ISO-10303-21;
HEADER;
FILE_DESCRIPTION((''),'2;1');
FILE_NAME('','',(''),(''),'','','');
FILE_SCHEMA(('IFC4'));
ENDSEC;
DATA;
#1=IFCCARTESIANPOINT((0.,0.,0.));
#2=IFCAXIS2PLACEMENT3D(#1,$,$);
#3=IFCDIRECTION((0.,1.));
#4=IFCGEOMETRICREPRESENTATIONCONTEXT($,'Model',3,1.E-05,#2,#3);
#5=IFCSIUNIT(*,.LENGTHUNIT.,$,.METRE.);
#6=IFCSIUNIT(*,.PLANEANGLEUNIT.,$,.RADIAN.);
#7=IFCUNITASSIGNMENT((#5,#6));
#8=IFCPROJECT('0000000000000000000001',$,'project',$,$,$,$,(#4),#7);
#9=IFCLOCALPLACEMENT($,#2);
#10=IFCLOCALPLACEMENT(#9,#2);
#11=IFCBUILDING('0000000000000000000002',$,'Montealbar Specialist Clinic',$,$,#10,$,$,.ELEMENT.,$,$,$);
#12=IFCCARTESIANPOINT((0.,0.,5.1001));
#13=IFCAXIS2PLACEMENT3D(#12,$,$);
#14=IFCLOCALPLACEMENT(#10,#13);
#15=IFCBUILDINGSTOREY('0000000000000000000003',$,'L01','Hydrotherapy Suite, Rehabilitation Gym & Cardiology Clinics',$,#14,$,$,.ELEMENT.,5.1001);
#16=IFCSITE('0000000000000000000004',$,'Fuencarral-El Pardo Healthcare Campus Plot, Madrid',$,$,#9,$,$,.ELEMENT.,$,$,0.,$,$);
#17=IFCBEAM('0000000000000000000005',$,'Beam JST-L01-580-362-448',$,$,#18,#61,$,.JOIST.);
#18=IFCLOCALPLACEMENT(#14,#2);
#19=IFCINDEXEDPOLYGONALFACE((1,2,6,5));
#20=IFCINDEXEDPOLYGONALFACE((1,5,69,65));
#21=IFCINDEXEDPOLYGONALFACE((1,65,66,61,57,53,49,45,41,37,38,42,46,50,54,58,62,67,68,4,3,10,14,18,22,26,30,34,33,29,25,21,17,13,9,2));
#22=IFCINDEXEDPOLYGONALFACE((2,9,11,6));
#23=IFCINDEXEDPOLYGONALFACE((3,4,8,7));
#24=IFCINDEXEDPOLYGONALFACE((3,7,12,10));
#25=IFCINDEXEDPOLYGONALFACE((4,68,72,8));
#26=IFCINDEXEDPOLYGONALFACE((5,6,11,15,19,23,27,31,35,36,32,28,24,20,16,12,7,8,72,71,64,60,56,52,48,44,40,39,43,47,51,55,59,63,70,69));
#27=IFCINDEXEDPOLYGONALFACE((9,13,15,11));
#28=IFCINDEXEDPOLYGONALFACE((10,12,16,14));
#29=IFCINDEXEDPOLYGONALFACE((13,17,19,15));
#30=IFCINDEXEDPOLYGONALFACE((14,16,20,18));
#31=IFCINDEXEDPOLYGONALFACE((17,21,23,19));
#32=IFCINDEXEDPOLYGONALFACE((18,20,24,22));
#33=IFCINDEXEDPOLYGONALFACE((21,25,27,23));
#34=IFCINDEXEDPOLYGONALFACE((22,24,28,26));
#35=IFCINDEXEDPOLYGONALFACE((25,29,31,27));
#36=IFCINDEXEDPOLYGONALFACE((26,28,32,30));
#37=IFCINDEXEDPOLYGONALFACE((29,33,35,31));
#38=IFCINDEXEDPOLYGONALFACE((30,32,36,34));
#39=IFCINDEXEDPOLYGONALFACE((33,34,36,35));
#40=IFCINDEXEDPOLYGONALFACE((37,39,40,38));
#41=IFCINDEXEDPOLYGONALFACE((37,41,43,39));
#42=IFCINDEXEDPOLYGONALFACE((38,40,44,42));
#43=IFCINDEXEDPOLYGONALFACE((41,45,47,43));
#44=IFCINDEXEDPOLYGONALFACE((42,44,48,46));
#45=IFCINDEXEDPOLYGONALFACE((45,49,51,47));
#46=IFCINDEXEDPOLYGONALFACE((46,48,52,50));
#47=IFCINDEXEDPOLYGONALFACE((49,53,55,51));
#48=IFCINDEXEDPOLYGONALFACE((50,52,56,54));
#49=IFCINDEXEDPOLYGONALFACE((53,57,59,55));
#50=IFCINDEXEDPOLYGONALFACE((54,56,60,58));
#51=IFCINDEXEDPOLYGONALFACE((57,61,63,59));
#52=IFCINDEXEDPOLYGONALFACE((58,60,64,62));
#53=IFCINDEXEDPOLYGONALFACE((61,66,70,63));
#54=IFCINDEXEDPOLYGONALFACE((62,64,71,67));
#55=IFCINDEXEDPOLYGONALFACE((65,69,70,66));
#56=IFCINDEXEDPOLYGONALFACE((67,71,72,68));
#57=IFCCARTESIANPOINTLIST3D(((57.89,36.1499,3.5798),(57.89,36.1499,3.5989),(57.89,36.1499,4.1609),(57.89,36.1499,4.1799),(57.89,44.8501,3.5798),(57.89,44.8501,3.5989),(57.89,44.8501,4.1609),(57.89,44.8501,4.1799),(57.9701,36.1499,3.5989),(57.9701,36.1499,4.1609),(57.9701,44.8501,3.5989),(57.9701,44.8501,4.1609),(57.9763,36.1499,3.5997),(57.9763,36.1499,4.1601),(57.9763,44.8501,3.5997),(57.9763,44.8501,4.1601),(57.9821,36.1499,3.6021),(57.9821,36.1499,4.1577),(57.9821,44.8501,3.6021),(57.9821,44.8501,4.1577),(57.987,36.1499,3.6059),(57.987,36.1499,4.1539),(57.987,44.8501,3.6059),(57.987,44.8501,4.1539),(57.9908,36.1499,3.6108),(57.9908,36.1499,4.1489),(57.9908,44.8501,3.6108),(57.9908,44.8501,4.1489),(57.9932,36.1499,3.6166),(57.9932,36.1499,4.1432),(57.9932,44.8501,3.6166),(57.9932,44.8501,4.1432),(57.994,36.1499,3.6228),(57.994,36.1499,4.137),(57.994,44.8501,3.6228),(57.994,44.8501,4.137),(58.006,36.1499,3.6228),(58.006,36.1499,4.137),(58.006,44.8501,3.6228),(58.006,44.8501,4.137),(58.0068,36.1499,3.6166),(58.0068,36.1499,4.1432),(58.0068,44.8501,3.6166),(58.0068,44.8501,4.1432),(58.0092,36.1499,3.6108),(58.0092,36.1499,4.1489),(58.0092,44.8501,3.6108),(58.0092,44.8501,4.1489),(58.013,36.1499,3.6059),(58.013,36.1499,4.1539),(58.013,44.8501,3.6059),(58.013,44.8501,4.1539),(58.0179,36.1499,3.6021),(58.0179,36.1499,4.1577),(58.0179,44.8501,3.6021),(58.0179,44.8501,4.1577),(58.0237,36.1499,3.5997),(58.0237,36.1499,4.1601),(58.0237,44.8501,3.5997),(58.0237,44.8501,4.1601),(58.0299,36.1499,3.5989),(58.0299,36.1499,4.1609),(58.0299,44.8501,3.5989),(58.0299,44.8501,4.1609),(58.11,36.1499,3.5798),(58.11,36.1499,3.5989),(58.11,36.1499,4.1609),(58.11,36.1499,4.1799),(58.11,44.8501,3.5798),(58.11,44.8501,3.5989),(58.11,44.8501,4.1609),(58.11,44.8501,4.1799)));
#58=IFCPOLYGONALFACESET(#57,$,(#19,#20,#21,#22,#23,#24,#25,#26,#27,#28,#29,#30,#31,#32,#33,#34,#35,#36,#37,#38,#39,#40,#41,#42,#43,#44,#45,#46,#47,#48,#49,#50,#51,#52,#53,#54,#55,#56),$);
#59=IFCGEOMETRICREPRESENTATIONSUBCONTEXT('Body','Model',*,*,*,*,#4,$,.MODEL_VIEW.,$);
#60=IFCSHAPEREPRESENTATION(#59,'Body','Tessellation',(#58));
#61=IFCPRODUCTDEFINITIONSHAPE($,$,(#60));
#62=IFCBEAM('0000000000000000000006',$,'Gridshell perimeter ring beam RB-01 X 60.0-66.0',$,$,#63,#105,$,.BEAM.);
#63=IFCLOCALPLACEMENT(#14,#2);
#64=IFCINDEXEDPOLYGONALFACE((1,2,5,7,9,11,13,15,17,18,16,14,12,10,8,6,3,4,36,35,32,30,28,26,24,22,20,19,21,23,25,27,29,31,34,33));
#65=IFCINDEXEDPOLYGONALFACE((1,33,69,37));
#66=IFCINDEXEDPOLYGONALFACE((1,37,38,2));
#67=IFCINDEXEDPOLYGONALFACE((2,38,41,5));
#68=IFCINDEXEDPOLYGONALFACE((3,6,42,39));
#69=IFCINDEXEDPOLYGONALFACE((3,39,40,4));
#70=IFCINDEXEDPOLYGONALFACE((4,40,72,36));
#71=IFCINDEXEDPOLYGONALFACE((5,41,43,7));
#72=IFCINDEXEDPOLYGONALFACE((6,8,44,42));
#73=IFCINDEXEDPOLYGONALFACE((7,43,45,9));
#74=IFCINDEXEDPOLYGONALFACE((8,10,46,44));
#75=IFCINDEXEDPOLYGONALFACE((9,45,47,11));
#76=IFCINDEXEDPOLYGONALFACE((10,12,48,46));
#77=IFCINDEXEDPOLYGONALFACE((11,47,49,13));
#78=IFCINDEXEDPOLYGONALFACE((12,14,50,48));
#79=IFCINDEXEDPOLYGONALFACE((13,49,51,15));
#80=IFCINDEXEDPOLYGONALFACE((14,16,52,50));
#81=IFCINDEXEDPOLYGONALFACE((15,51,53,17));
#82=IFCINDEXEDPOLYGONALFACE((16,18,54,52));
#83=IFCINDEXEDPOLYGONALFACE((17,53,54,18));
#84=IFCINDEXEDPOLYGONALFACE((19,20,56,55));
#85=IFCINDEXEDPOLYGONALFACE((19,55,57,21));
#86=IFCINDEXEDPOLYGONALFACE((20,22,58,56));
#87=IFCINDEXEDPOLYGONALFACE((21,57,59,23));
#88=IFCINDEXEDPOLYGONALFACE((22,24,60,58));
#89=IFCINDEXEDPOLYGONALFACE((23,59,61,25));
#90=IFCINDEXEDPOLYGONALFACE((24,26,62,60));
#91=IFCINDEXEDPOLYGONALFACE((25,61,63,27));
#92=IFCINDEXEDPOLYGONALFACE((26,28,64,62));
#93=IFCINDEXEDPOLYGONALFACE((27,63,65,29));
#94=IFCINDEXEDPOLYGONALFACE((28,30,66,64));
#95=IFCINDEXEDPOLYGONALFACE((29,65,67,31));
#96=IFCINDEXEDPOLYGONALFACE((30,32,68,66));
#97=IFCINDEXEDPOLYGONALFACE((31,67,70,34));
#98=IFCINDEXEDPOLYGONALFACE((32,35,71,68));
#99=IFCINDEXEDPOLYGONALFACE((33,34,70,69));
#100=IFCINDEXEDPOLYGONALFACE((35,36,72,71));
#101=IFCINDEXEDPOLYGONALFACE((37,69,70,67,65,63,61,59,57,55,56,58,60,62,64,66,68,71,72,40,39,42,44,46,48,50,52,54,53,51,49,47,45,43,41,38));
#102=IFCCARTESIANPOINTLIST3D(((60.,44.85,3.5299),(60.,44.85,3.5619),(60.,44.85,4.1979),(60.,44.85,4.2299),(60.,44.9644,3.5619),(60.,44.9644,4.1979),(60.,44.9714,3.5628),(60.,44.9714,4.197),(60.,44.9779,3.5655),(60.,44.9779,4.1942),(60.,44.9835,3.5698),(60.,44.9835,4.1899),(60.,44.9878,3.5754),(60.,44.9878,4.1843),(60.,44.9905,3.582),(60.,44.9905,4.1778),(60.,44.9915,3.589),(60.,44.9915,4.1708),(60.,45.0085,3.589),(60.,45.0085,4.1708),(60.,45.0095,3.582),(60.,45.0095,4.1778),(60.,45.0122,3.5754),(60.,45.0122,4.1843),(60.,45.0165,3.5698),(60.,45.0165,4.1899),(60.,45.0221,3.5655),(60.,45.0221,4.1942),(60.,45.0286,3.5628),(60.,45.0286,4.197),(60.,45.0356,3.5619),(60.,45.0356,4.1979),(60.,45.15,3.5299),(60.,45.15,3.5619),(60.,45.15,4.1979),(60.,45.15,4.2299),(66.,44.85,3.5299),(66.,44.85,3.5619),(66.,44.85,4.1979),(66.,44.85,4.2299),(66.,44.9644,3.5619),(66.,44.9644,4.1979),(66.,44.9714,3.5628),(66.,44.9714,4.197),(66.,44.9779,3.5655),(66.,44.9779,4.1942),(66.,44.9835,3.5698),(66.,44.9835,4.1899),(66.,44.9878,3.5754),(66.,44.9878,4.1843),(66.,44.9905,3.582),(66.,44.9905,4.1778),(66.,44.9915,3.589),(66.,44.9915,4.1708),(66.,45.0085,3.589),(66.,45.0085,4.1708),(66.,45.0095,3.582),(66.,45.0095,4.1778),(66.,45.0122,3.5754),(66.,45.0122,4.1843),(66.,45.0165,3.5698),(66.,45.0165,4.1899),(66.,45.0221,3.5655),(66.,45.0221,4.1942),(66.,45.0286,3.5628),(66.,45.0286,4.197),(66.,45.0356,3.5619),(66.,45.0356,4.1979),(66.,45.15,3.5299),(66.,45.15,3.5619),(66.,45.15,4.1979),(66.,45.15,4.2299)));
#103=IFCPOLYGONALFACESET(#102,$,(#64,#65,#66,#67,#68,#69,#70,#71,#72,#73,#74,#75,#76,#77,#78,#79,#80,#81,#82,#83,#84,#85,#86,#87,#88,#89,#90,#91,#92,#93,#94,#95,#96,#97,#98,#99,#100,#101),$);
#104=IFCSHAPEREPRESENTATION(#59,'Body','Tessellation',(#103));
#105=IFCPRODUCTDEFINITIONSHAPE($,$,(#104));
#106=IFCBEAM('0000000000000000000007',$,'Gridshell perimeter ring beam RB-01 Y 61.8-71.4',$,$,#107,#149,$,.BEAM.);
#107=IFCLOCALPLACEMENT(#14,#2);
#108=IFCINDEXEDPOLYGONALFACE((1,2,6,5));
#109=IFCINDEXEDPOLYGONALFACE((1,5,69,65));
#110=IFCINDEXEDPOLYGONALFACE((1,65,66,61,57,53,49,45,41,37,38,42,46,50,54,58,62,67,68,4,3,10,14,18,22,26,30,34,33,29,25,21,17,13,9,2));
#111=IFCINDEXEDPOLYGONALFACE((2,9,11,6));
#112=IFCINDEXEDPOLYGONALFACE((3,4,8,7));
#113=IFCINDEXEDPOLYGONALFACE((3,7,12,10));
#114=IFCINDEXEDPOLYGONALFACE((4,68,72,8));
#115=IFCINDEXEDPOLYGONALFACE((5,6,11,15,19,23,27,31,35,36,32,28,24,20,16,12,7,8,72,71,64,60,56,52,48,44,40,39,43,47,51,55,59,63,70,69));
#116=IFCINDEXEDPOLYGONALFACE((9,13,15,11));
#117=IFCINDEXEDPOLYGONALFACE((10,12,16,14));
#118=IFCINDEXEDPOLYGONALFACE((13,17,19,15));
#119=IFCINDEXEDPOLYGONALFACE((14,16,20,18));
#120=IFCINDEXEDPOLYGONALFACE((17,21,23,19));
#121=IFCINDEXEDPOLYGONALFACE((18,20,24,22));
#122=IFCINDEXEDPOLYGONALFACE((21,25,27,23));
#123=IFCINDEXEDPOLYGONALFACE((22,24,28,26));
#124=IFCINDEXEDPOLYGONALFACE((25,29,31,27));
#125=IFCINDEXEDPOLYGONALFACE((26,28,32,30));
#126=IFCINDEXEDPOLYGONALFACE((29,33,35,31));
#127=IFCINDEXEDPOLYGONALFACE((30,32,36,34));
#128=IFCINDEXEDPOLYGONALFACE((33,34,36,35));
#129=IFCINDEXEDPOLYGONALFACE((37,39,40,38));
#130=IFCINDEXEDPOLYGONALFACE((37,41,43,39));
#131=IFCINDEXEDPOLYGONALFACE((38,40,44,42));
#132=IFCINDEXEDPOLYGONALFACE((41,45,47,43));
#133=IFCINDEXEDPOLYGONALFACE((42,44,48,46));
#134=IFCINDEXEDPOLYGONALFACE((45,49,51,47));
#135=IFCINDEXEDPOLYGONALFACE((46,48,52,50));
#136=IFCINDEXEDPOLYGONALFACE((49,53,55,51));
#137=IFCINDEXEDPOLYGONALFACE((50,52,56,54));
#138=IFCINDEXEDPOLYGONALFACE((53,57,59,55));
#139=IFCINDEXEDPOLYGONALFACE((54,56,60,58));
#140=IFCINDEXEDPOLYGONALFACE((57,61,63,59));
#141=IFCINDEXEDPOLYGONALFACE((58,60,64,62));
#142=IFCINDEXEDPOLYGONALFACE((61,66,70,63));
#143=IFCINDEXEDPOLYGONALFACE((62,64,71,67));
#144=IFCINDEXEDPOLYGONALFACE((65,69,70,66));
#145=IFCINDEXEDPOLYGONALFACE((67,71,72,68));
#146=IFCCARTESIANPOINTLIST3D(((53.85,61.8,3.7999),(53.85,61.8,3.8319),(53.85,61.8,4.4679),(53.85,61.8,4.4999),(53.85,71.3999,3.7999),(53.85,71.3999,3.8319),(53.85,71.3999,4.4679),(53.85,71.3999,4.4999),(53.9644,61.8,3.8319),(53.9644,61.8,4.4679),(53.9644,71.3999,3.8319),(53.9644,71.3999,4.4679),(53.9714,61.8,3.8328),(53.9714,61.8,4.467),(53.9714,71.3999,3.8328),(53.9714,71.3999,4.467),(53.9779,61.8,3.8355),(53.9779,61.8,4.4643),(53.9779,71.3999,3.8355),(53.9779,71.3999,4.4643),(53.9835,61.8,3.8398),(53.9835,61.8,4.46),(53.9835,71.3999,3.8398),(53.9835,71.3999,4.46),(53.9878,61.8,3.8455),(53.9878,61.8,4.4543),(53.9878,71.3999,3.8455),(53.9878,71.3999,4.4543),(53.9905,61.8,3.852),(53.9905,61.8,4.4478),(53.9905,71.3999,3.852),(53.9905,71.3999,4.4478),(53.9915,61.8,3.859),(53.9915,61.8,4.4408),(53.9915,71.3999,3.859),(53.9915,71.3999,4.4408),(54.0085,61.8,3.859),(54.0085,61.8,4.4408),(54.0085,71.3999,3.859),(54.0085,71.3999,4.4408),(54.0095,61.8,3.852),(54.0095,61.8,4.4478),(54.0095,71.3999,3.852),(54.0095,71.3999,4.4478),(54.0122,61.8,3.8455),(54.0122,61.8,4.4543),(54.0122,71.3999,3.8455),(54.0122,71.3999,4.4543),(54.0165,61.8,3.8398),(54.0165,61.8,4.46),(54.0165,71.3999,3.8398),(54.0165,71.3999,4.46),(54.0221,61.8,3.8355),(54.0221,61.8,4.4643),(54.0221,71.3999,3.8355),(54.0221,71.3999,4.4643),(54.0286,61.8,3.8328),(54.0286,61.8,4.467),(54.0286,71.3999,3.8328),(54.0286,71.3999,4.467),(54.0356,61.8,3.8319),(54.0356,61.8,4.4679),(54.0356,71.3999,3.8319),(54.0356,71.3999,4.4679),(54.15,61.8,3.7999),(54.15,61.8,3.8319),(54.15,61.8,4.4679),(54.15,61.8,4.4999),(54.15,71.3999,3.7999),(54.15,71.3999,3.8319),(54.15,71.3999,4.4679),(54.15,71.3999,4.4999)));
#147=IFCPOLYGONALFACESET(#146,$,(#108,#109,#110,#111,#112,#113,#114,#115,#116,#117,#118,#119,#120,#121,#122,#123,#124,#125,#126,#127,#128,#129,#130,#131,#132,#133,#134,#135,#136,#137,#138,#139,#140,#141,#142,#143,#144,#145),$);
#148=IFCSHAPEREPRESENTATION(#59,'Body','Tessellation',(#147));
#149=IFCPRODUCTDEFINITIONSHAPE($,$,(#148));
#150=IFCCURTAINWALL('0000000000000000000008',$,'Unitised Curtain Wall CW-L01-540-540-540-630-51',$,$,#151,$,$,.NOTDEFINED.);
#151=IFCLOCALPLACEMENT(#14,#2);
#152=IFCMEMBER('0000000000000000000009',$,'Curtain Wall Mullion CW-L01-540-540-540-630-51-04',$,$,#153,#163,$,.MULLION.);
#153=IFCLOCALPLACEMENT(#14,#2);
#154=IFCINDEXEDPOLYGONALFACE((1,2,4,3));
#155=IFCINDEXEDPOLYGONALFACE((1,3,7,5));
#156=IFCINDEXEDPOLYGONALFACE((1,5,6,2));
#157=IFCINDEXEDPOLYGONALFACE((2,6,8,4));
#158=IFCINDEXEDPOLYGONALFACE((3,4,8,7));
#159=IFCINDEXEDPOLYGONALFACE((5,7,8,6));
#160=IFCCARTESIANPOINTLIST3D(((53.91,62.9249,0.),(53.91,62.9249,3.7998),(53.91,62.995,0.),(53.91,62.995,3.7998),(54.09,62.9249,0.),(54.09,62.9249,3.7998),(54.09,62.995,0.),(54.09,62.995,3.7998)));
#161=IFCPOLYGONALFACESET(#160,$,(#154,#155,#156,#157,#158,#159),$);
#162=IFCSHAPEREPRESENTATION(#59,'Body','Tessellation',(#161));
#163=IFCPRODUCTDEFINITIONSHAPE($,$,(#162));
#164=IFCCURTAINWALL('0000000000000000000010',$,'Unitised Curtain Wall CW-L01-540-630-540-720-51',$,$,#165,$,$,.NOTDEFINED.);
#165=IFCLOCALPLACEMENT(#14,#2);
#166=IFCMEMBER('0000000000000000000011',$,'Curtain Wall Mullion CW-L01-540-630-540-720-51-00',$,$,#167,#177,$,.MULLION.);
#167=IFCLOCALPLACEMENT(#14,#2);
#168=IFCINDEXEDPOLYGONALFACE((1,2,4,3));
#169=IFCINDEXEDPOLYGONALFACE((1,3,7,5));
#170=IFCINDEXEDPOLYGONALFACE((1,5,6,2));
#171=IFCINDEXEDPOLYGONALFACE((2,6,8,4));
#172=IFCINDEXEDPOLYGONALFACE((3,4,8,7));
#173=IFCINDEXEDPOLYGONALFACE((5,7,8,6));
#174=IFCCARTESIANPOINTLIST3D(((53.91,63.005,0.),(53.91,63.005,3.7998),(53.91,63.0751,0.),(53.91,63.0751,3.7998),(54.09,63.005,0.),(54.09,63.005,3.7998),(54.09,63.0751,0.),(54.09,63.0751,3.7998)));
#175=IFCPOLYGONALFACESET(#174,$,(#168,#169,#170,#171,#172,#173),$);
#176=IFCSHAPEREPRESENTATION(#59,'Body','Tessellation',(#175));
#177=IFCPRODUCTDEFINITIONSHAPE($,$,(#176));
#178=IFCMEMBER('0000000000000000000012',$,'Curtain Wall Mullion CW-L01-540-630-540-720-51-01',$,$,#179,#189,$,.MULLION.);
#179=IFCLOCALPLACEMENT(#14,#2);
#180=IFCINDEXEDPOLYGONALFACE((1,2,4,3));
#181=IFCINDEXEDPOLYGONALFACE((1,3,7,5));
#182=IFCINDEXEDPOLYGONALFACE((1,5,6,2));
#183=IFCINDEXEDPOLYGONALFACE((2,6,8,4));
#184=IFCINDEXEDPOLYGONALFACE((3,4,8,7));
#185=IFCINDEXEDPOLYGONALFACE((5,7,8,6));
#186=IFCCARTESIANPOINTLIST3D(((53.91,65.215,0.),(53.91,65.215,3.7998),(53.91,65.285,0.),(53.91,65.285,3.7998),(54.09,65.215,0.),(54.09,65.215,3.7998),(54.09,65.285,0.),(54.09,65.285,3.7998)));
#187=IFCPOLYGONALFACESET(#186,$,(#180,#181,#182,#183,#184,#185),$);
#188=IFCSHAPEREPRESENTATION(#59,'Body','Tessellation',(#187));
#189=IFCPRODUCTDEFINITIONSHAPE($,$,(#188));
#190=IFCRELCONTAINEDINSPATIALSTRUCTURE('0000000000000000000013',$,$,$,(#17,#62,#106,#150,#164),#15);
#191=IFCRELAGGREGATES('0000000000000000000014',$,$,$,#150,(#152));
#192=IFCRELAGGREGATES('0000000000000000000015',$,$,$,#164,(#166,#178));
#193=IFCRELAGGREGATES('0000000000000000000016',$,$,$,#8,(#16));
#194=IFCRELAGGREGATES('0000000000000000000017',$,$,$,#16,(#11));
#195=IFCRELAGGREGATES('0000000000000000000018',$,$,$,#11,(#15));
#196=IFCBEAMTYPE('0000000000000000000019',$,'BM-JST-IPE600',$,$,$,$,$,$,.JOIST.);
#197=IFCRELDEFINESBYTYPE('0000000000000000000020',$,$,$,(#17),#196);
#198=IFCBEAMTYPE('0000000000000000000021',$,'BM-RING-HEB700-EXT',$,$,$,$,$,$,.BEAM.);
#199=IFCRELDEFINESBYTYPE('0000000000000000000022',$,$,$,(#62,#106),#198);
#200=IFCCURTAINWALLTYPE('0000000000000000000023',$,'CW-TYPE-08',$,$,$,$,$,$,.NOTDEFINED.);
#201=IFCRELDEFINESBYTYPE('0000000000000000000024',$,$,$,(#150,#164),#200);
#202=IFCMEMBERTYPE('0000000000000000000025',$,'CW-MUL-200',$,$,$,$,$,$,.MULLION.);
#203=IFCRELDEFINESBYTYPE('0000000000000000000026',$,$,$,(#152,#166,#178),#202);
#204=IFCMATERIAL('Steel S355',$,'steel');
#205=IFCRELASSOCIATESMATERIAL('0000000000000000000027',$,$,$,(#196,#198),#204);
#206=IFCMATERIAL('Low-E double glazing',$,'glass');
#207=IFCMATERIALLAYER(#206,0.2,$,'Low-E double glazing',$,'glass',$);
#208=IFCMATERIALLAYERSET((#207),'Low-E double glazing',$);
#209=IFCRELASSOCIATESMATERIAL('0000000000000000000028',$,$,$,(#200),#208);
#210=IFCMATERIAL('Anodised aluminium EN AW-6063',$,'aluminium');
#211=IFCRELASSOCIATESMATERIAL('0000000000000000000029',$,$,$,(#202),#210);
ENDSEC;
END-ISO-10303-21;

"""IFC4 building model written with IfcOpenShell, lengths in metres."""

from ifc_helpers import new_model, si_unit, direction, frame, origin, origin_2d, place, context, subcontext, project, spatial, rectangle, i_section, extrude, material, layer, layer_set, material_profile, profile_set, type_object, element, aggregate, save


model = new_model("IFC4")

# Units and contexts
model_context = context("Model", 3, precision=1e-05, world=origin(), true_north=direction((0.0, 1.0)))
body_context = subcontext(model_context, "Body", "Model", "MODEL_VIEW")
ifc_project = project(units=[si_unit("LENGTHUNIT", "METRE"), si_unit("PLANEANGLEUNIT", "RADIAN")], contexts=[model_context])

# Site, building, storey
site_placement = place(None, origin())
site = spatial("IfcSite", under=ifc_project, at=site_placement, Name="Fuencarral-El Pardo Healthcare Campus Plot, Madrid", CompositionType="ELEMENT", RefElevation=0.0)
building_placement = place(site_placement, origin())
building = spatial("IfcBuilding", under=site, at=building_placement, Name="Montealbar Specialist Clinic", CompositionType="ELEMENT")
storey_placement = place(building_placement, frame((0.0, 0.0, 5.1001)))
storey = spatial("IfcBuildingStorey", under=building, at=storey_placement, Name="L01", Description="Hydrotherapy Suite, Rehabilitation Gym & Cardiology Clinics", CompositionType="ELEMENT", Elevation=5.1001)

# Shared definitions
ifc_material_1 = material(Name="Steel S355", Category="steel")

# Beams
ifc_material_profile_1 = material_profile(ifc_material_1, i_section(OverallWidth=0.22, OverallDepth=0.6001, WebThickness=0.012, FlangeThickness=0.019, FilletRadius=0.0239, at=origin_2d()), Name="IPE 600", Category="steel")
ifc_profile_set_1 = profile_set([ifc_material_profile_1], Name="Steel S355")
beam_type_1 = type_object("IfcBeamType", Name="BM-JST-IPE600", PredefinedType="JOIST", material=ifc_profile_set_1)
beam_1_placement = place(storey_placement, frame((58.0, 36.1499, 3.8799), z_axis=(0.0, 1.0, 0.0), x_axis=(-1.0, 0.0, 0.0)))
element("IfcBeam", 1, at=beam_1_placement, inside=storey, type_object=beam_type_1, Name="Beam JST-L01-580-362-448", PredefinedType="JOIST", context=body_context, shape_type="SweptSolid", body=[
    extrude(i_section(OverallWidth=0.22, OverallDepth=0.6001, WebThickness=0.012, FlangeThickness=0.019, FilletRadius=0.0239, at=origin_2d()), origin(), (0.0, 0.0, 1.0), 8.7002),
])
ifc_material_profile_2 = material_profile(ifc_material_1, i_section(OverallWidth=0.3, OverallDepth=0.7, WebThickness=0.0171, FlangeThickness=0.032, FilletRadius=0.0271, at=origin_2d()), Name="HEB 700", Category="steel")
ifc_profile_set_2 = profile_set([ifc_material_profile_2], Name="Steel S355")
beam_type_2 = type_object("IfcBeamType", Name="BM-RING-HEB700-EXT", PredefinedType="BEAM", material=ifc_profile_set_2)
beam_2_placement = place(storey_placement, frame((60.0, 45.0, 3.8799), z_axis=(1.0, 0.0, 0.0), x_axis=(0.0, 1.0, 0.0)))
element("IfcBeam", 2, at=beam_2_placement, inside=storey, type_object=beam_type_2, Name="Gridshell perimeter ring beam RB-01 X 60.0-66.0", PredefinedType="BEAM", context=body_context, shape_type="SweptSolid", body=[
    extrude(i_section(OverallWidth=0.3, OverallDepth=0.7, WebThickness=0.0171, FlangeThickness=0.032, FilletRadius=0.0271, at=origin_2d()), origin(), (0.0, 0.0, 1.0), 6.0),
])
beam_3_placement = place(storey_placement, frame((54.0, 61.8, 4.1499), z_axis=(0.0, 1.0, 0.0), x_axis=(-1.0, 0.0, 0.0)))
element("IfcBeam", 3, at=beam_3_placement, inside=storey, type_object=beam_type_2, Name="Gridshell perimeter ring beam RB-01 Y 61.8-71.4", PredefinedType="BEAM", context=body_context, shape_type="SweptSolid", body=[
    extrude(i_section(OverallWidth=0.3, OverallDepth=0.7, WebThickness=0.0171, FlangeThickness=0.032, FilletRadius=0.0271, at=origin_2d()), origin(), (0.0, 0.0, 1.0), 9.5999),
])

# Curtain wall, member
ifc_material_2 = material(Name="Low-E double glazing", Category="glass")
ifc_layer_1 = layer(ifc_material_2, 0.2, Name="Low-E double glazing", Category="glass")
ifc_layer_set_1 = layer_set([ifc_layer_1], Name="Low-E double glazing")
curtain_wall_type = type_object("IfcCurtainWallType", Name="CW-TYPE-08", PredefinedType="NOTDEFINED", material=ifc_layer_set_1)
curtain_wall_1_placement = place(storey_placement, origin())
curtain_wall_1 = element("IfcCurtainWall", 4, at=curtain_wall_1_placement, inside=storey, type_object=curtain_wall_type, Name="Unitised Curtain Wall CW-L01-540-540-540-630-51", PredefinedType="NOTDEFINED")
ifc_material_3 = material(Name="Anodised aluminium EN AW-6063", Category="aluminium")
ifc_material_profile_3 = material_profile(ifc_material_3, rectangle(XDim=0.0701, YDim=0.1799, at=origin_2d()), Name="ALU 70x180", Category="aluminium")
ifc_profile_set_3 = profile_set([ifc_material_profile_3], Name="Anodised aluminium EN AW-6063")
member_type_1 = type_object("IfcMemberType", Name="CW-MUL-200", PredefinedType="MULLION", material=ifc_profile_set_3)
member_1_placement = place(storey_placement, frame((54.0, 62.96, 0.0), z_axis=(0.0, 0.0, 1.0), x_axis=(0.0, 1.0, 0.0)))
member_1 = element("IfcMember", 5, at=member_1_placement, type_object=member_type_1, Name="Curtain Wall Mullion CW-L01-540-540-540-630-51-04", PredefinedType="MULLION", context=body_context, shape_type="SweptSolid", body=[
    extrude(rectangle(XDim=0.0701, YDim=0.1799, at=origin_2d()), origin(), (0.0, 0.0, 1.0), 3.7998),
])

# Curtain wall, members
curtain_wall_2_placement = place(storey_placement, origin())
curtain_wall_2 = element("IfcCurtainWall", 6, at=curtain_wall_2_placement, inside=storey, type_object=curtain_wall_type, Name="Unitised Curtain Wall CW-L01-540-630-540-720-51", PredefinedType="NOTDEFINED")
member_2_placement = place(storey_placement, frame((54.0, 63.04, 0.0), z_axis=(0.0, 0.0, 1.0), x_axis=(0.0, 1.0, 0.0)))
member_2 = element("IfcMember", 7, at=member_2_placement, type_object=member_type_1, Name="Curtain Wall Mullion CW-L01-540-630-540-720-51-00", PredefinedType="MULLION", context=body_context, shape_type="SweptSolid", body=[
    extrude(rectangle(XDim=0.0701, YDim=0.1799, at=origin_2d()), origin(), (0.0, 0.0, 1.0), 3.7998),
])
member_3_placement = place(storey_placement, frame((54.0, 65.25, 0.0), z_axis=(0.0, 0.0, 1.0), x_axis=(0.0, 1.0, 0.0)))
member_3 = element("IfcMember", 8, at=member_3_placement, type_object=member_type_1, Name="Curtain Wall Mullion CW-L01-540-630-540-720-51-01", PredefinedType="MULLION", context=body_context, shape_type="SweptSolid", body=[
    extrude(rectangle(XDim=0.0701, YDim=0.1799, at=origin_2d()), origin(), (0.0, 0.0, 1.0), 3.7998),
])

aggregate(curtain_wall_1, [member_1])
aggregate(curtain_wall_2, [member_2, member_3])

save(model, "model.ifc")
